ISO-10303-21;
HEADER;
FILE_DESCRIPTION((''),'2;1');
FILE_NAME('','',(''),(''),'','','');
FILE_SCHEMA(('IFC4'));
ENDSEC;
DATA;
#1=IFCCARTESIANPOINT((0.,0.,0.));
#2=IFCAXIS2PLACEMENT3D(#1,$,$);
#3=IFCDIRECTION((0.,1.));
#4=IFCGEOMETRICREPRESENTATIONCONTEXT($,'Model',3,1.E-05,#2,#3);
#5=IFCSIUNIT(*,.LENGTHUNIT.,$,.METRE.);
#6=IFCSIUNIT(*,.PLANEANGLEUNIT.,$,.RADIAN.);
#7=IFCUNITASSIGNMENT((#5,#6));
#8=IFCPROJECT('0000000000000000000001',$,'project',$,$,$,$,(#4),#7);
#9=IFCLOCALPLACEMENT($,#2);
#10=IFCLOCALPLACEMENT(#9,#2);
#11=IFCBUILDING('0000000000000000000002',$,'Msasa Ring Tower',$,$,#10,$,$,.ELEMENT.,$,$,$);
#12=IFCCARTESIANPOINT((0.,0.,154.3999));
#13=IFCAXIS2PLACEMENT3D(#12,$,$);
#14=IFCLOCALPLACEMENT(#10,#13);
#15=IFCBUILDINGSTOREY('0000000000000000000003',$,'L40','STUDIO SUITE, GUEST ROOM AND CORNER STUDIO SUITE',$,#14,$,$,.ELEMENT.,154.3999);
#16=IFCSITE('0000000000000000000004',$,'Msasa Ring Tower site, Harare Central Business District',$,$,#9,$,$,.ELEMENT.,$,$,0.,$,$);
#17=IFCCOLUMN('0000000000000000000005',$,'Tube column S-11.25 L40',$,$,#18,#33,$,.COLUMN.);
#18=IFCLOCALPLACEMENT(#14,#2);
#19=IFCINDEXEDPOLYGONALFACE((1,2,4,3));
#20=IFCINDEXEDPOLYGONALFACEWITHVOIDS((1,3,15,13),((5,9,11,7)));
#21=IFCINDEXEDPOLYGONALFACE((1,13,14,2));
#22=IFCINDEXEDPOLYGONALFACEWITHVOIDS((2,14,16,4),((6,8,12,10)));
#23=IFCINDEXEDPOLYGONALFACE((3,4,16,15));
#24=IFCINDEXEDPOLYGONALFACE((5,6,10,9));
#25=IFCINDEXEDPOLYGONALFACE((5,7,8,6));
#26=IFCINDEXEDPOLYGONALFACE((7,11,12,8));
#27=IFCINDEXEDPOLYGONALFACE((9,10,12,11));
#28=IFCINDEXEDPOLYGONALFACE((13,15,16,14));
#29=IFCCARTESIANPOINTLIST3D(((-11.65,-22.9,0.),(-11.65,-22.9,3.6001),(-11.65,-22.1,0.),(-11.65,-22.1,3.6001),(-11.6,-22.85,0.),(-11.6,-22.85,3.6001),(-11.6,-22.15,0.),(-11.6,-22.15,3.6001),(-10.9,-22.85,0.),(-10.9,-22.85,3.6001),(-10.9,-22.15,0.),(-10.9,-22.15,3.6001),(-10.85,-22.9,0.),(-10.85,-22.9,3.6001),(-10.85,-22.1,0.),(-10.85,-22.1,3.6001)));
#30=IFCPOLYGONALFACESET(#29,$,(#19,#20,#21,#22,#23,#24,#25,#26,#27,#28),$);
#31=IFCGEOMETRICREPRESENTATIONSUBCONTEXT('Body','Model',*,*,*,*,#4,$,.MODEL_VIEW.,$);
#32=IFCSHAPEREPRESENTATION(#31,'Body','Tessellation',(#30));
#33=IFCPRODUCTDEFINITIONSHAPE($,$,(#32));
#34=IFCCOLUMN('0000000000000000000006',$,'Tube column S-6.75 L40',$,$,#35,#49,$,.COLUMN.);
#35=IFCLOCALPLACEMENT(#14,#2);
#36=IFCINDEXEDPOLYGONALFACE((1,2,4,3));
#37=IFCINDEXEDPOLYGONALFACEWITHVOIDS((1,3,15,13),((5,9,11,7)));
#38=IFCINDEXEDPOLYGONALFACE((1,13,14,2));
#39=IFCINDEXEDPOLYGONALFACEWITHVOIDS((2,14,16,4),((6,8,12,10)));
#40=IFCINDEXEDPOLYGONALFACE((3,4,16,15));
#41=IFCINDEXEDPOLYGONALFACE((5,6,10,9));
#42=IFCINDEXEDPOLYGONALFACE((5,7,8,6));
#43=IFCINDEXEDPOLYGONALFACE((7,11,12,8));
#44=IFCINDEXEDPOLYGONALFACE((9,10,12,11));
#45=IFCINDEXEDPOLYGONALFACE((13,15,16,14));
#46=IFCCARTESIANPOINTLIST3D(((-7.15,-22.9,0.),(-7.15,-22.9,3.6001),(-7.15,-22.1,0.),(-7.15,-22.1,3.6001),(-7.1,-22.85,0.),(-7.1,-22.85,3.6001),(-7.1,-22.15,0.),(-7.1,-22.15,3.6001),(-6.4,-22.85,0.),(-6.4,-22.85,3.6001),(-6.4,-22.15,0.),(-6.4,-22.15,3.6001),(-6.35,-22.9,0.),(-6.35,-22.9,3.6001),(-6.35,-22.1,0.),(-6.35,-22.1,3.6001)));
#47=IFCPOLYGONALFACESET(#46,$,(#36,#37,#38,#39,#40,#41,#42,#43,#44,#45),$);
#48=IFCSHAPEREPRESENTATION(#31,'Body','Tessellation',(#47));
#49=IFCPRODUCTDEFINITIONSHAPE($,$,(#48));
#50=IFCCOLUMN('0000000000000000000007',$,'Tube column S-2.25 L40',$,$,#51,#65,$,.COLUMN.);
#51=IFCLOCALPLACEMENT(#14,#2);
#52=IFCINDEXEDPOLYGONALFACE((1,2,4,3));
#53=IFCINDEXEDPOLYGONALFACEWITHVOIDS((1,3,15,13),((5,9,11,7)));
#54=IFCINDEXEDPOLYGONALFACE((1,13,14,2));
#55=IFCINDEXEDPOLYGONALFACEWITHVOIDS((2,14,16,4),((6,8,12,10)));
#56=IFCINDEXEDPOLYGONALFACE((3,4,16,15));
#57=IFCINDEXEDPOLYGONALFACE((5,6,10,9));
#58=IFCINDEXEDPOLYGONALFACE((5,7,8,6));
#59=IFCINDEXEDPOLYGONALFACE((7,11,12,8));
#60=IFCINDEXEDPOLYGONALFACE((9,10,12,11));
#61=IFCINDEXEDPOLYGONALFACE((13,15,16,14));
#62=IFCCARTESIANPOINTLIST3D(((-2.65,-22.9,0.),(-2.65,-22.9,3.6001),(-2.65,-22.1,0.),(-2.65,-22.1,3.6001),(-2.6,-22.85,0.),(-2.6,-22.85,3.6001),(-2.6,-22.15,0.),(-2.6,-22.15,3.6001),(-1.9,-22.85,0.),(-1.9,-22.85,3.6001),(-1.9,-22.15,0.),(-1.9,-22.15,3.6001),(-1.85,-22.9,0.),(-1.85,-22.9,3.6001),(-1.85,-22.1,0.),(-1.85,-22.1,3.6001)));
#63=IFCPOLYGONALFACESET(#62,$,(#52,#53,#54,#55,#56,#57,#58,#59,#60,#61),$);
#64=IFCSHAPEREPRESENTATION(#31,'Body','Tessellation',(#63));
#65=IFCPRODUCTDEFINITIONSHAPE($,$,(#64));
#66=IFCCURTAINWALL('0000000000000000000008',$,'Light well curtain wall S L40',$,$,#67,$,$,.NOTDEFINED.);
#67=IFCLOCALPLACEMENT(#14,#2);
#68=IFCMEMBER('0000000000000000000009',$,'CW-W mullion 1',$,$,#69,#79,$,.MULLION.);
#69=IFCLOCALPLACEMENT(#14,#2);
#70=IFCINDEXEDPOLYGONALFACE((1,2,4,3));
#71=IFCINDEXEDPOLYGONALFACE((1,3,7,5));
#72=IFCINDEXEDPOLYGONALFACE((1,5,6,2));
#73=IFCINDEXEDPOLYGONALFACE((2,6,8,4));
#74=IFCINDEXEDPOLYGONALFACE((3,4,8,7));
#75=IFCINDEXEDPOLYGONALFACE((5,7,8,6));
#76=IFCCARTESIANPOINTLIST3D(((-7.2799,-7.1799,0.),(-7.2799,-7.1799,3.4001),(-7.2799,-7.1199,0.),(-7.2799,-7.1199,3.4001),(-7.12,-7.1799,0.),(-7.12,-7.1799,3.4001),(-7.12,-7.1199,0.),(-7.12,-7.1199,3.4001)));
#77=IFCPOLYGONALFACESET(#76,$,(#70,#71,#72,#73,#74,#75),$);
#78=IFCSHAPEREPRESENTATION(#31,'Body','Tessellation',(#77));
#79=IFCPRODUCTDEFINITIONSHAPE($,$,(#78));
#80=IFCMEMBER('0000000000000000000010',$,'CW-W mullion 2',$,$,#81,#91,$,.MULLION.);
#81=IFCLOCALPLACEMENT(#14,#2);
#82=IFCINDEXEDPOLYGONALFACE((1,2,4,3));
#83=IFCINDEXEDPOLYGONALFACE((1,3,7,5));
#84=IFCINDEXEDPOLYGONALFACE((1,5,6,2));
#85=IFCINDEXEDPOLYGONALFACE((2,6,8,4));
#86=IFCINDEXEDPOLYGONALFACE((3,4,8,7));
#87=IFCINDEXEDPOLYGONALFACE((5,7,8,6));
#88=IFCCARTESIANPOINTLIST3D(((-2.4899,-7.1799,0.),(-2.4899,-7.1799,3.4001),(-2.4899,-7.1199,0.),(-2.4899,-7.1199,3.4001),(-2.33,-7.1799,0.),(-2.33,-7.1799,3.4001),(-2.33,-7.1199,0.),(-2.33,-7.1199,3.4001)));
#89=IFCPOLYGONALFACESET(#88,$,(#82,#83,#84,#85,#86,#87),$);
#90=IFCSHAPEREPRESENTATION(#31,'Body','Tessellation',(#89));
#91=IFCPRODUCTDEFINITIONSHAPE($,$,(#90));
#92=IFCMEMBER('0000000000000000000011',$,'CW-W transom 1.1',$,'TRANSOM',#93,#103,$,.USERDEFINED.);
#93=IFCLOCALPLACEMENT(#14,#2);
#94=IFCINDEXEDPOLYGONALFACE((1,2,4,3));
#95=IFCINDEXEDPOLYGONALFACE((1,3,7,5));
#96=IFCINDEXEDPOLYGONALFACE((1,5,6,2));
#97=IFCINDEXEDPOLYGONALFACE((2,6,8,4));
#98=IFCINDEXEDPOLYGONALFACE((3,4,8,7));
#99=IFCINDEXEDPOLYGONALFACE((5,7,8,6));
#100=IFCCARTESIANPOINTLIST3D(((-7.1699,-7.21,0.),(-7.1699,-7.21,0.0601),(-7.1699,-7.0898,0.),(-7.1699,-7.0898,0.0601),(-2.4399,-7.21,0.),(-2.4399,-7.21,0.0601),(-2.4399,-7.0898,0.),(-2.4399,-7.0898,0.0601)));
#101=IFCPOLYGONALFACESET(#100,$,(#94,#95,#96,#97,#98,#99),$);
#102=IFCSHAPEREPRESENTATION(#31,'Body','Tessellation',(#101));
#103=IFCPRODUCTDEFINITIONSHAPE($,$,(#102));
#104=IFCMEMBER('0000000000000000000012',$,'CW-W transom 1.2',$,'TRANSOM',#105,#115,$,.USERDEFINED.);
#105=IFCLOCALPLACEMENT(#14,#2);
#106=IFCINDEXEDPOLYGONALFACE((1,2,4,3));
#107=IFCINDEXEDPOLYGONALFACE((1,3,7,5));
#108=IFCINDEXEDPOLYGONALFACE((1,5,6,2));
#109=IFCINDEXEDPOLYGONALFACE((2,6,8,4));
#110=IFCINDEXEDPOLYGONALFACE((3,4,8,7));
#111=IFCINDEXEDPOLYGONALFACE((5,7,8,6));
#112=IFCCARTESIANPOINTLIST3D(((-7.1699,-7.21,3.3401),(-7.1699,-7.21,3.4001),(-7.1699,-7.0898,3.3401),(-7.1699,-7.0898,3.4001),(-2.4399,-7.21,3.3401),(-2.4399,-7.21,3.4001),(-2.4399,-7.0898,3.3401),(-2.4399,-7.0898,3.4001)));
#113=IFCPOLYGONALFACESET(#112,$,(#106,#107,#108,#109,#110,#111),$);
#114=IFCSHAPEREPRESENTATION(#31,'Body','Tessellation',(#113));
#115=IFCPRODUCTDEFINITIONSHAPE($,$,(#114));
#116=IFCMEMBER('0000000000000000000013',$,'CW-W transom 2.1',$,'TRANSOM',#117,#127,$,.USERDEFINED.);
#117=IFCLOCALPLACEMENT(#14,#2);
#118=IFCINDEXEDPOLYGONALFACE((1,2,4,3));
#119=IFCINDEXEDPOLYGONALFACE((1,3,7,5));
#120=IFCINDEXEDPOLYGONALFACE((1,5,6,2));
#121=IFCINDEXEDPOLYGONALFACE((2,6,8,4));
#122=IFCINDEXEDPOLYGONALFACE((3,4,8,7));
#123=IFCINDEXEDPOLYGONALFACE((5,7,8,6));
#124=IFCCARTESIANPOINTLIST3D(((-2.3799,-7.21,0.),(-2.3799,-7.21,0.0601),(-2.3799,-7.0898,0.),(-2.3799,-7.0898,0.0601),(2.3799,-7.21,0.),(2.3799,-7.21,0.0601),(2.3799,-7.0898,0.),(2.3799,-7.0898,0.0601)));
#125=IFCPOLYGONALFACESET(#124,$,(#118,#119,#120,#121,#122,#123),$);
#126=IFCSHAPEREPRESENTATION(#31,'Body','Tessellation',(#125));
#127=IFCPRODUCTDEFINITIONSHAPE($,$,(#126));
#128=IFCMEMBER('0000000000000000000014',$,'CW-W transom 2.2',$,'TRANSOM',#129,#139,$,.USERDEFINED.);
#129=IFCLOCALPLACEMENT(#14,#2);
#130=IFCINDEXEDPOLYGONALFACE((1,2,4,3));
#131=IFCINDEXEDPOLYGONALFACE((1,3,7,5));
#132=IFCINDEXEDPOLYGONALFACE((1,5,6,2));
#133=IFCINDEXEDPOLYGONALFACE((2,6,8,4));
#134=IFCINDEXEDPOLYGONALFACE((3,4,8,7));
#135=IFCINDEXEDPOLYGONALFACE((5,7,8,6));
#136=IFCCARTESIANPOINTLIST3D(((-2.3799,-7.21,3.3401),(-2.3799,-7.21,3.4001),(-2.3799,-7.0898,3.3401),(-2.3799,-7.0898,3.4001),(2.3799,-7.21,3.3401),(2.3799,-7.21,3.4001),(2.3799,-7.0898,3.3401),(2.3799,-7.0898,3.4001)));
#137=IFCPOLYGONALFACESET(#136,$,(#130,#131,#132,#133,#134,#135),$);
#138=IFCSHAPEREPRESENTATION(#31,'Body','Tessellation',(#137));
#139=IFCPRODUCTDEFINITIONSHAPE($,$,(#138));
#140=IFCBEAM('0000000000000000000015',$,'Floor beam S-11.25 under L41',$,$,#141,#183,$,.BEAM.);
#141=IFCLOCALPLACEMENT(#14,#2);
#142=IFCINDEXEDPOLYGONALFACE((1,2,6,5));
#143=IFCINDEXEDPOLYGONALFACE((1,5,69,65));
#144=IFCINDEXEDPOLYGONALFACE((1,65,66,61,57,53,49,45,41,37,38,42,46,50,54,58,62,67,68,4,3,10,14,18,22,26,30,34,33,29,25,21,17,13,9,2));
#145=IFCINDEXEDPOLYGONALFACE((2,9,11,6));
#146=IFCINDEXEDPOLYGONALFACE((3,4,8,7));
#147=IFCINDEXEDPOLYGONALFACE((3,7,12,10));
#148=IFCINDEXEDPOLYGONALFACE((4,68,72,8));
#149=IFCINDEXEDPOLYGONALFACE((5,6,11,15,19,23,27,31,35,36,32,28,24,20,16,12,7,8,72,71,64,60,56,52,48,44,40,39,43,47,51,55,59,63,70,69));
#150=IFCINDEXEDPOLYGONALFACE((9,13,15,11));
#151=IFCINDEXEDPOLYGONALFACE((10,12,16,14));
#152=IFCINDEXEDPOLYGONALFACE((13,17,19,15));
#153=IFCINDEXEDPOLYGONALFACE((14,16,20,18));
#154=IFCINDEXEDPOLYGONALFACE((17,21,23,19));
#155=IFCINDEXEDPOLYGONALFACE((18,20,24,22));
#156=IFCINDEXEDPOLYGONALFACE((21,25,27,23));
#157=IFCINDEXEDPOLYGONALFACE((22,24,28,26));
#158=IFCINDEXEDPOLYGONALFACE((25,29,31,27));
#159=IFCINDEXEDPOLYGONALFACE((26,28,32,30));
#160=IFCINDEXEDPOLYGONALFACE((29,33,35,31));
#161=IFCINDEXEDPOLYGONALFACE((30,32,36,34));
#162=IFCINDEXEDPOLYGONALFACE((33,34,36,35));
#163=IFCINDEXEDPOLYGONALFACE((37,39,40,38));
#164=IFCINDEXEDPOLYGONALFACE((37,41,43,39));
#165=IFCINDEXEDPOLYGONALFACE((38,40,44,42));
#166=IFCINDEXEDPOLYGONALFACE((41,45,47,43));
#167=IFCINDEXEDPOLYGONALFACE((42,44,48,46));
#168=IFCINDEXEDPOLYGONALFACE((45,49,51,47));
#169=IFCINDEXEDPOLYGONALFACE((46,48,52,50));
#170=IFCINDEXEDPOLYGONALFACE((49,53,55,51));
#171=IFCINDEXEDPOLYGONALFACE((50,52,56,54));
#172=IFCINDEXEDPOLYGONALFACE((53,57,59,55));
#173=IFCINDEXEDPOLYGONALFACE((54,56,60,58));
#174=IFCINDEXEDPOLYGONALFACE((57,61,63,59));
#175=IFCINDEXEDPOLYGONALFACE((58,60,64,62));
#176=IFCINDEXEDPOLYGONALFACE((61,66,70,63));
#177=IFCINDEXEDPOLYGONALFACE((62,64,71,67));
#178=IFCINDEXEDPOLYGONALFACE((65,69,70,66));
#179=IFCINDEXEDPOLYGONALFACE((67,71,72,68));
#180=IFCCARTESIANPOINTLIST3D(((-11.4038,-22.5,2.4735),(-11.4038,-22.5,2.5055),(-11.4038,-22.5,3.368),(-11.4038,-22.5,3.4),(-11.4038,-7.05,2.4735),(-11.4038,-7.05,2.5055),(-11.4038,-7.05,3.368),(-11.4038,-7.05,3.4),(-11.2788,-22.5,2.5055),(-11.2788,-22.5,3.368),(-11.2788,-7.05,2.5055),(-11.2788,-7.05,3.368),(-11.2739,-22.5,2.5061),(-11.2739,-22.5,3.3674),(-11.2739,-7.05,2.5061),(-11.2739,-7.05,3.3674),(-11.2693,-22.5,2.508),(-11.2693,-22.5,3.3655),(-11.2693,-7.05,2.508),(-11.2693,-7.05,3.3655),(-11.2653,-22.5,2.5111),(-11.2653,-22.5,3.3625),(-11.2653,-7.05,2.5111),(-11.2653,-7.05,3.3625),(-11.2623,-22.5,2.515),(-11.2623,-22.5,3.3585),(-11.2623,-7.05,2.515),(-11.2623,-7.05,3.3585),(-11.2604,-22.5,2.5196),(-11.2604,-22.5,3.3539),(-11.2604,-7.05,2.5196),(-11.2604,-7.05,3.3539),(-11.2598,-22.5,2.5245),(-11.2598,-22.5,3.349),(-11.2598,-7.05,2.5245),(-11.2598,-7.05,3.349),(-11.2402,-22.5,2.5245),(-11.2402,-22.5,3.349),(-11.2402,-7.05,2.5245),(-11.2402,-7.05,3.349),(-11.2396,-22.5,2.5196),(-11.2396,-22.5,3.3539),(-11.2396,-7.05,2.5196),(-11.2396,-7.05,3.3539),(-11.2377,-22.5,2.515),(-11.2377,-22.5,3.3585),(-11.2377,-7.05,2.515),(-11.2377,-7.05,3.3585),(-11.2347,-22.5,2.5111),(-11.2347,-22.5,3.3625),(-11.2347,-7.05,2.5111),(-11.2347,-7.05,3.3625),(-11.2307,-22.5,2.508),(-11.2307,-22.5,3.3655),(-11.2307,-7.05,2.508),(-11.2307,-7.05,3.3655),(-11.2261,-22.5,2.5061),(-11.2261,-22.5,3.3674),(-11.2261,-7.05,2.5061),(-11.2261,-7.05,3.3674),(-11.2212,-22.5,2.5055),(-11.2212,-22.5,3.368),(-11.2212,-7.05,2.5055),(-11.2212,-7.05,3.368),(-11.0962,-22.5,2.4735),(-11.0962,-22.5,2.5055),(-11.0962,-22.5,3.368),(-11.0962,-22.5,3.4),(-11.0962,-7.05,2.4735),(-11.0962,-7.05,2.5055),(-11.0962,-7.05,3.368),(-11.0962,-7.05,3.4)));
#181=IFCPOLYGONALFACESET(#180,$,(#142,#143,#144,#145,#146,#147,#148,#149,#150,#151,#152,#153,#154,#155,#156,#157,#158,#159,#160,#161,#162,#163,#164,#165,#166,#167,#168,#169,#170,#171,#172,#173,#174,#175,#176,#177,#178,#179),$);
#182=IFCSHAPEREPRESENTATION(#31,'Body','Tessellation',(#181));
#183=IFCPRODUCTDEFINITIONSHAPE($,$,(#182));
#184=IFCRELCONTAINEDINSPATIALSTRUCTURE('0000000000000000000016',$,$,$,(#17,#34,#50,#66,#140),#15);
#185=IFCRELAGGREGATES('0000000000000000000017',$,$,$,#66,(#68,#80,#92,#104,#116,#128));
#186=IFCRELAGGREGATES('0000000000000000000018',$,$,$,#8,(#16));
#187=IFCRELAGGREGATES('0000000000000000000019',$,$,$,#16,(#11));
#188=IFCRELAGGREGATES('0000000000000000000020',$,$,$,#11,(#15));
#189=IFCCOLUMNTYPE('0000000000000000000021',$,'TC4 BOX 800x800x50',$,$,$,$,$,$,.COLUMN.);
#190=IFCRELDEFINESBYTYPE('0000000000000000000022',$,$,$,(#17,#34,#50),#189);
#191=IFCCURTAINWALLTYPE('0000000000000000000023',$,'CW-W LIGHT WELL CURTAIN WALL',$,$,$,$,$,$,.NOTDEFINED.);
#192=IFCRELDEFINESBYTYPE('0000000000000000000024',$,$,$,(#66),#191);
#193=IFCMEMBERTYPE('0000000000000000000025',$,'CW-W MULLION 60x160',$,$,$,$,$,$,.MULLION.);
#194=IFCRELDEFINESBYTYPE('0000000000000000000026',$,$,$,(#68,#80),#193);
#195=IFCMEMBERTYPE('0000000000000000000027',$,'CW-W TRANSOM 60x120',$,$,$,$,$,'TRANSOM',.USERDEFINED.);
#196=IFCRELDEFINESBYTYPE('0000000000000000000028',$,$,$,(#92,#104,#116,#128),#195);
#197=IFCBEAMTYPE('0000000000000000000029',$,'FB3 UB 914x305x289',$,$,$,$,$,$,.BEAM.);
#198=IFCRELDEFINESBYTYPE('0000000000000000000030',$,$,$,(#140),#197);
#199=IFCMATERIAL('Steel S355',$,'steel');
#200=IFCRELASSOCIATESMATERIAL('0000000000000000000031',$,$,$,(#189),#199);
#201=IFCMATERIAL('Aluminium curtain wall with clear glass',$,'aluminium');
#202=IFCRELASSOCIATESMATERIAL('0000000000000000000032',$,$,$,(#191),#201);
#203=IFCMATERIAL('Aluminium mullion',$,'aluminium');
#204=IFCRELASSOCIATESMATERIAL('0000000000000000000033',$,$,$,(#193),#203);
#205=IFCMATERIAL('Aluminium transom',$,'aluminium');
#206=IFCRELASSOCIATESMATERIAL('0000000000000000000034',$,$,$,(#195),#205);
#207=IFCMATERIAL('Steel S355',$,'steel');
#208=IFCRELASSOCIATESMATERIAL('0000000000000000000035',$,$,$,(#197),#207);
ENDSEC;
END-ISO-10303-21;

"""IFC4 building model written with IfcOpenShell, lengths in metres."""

from ifc_helpers import new_model, si_unit, direction, frame, origin, origin_2d, place, context, subcontext, project, spatial, rectangle, hollow_rectangle, i_section, extrude, material, material_profile, profile_set, type_object, element, aggregate, save


model = new_model("IFC4")

# Units and contexts
model_context = context("Model", 3, precision=1e-05, world=origin(), true_north=direction((0.0, 1.0)))
body_context = subcontext(model_context, "Body", "Model", "MODEL_VIEW")
ifc_project = project(units=[si_unit("LENGTHUNIT", "METRE"), si_unit("PLANEANGLEUNIT", "RADIAN")], contexts=[model_context])

# Site, building, storey
site_placement = place(None, origin())
site = spatial("IfcSite", under=ifc_project, at=site_placement, Name="Msasa Ring Tower site, Harare Central Business District", CompositionType="ELEMENT", RefElevation=0.0)
building_placement = place(site_placement, origin())
building = spatial("IfcBuilding", under=site, at=building_placement, Name="Msasa Ring Tower", CompositionType="ELEMENT")
storey_placement = place(building_placement, frame((0.0, 0.0, 154.3999)))
storey = spatial("IfcBuildingStorey", under=building, at=storey_placement, Name="L40", Description="STUDIO SUITE, GUEST ROOM AND CORNER STUDIO SUITE", CompositionType="ELEMENT", Elevation=154.3999)

# Columns
ifc_material_1 = material(Name="Steel S355", Category="steel")
ifc_material_profile_1 = material_profile(ifc_material_1, hollow_rectangle(XDim=0.8, YDim=0.8, WallThickness=0.05, at=origin_2d()), Name="BOX 800x800x50")
ifc_profile_set_1 = profile_set([ifc_material_profile_1], Name="Steel S355")
column_type = type_object("IfcColumnType", Name="TC4 BOX 800x800x50", PredefinedType="COLUMN", material=ifc_profile_set_1)
for number, where, z_axis, x_axis, name in (
    (1, (-11.25, -22.5, 0.0), (0.0, 0.0, 1.0), (0.0, 1.0, 0.0), "Tube column S-11.25 L40"),
    (2, (-6.75, -22.5, 0.0), (0.0, 0.0, 1.0), (0.0, 1.0, 0.0), "Tube column S-6.75 L40"),
    (3, (-2.25, -22.5, 0.0), (0.0, 0.0, 1.0), (0.0, 1.0, 0.0), "Tube column S-2.25 L40"),
):
    element("IfcColumn", number, at=place(storey_placement, frame(where, z_axis=z_axis, x_axis=x_axis)), inside=storey, type_object=column_type, Name=name, PredefinedType="COLUMN", context=body_context, shape_type="SweptSolid", body=[
        extrude(hollow_rectangle(XDim=0.8, YDim=0.8, WallThickness=0.05, at=origin_2d()), origin(), (0.0, 0.0, 1.0), 3.6001),
    ])

# Curtain wall, members
ifc_material_2 = material(Name="Aluminium curtain wall with clear glass", Category="aluminium")
curtain_wall_type = type_object("IfcCurtainWallType", Name="CW-W LIGHT WELL CURTAIN WALL", PredefinedType="NOTDEFINED", material=ifc_material_2)
curtain_wall_placement = place(storey_placement, origin())
curtain_wall = element("IfcCurtainWall", 4, at=curtain_wall_placement, inside=storey, type_object=curtain_wall_type, Name="Light well curtain wall S L40", PredefinedType="NOTDEFINED")
ifc_material_3 = material(Name="Aluminium mullion", Category="aluminium")
ifc_material_profile_2 = material_profile(ifc_material_3, rectangle(XDim=0.0601, YDim=0.1599, at=origin_2d()), Name="AL 60x160")
ifc_profile_set_2 = profile_set([ifc_material_profile_2], Name="Aluminium mullion")
member_type_1 = type_object("IfcMemberType", Name="CW-W MULLION 60x160", PredefinedType="MULLION", material=ifc_profile_set_2)
member_1_placement = place(storey_placement, frame((-7.2, -7.1499, 0.0), z_axis=(0.0, 0.0, 1.0), x_axis=(0.0, 1.0, 0.0)))
member_1 = element("IfcMember", 5, at=member_1_placement, type_object=member_type_1, Name="CW-W mullion 1", PredefinedType="MULLION", context=body_context, shape_type="SweptSolid", body=[
    extrude(rectangle(XDim=0.0601, YDim=0.1599, at=origin_2d()), origin(), (0.0, 0.0, 1.0), 3.4001),
])
member_2_placement = place(storey_placement, frame((-2.4099, -7.1499, 0.0), z_axis=(0.0, 0.0, 1.0), x_axis=(0.0, 1.0, 0.0)))
member_2 = element("IfcMember", 6, at=member_2_placement, type_object=member_type_1, Name="CW-W mullion 2", PredefinedType="MULLION", context=body_context, shape_type="SweptSolid", body=[
    extrude(rectangle(XDim=0.0601, YDim=0.1599, at=origin_2d()), origin(), (0.0, 0.0, 1.0), 3.4001),
])
ifc_material_4 = material(Name="Aluminium transom", Category="aluminium")
ifc_material_profile_3 = material_profile(ifc_material_4, rectangle(XDim=0.1201, YDim=0.0601, at=origin_2d()), Name="AL 60x120")
ifc_profile_set_3 = profile_set([ifc_material_profile_3], Name="Aluminium transom")
member_type_2 = type_object("IfcMemberType", Name="CW-W TRANSOM 60x120", ElementType="TRANSOM", PredefinedType="USERDEFINED", material=ifc_profile_set_3)
member_3_placement = place(storey_placement, frame((-7.1699, -7.1499, 0.03), z_axis=(1.0, 0.0, 0.0), x_axis=(0.0, 1.0, 0.0)))
member_3 = element("IfcMember", 7, at=member_3_placement, type_object=member_type_2, Name="CW-W transom 1.1", ObjectType="TRANSOM", PredefinedType="USERDEFINED", context=body_context, shape_type="SweptSolid", body=[
    extrude(rectangle(XDim=0.1201, YDim=0.0601, at=origin_2d()), origin(), (0.0, 0.0, 1.0), 4.73),
])
member_4_placement = place(storey_placement, frame((-7.1699, -7.1499, 3.3701), z_axis=(1.0, 0.0, 0.0), x_axis=(0.0, 1.0, 0.0)))
member_4 = element("IfcMember", 8, at=member_4_placement, type_object=member_type_2, Name="CW-W transom 1.2", ObjectType="TRANSOM", PredefinedType="USERDEFINED", context=body_context, shape_type="SweptSolid", body=[
    extrude(rectangle(XDim=0.1201, YDim=0.0601, at=origin_2d()), origin(), (0.0, 0.0, 1.0), 4.73),
])
member_5_placement = place(storey_placement, frame((-2.3799, -7.1499, 0.03), z_axis=(1.0, 0.0, 0.0), x_axis=(0.0, 1.0, 0.0)))
member_5 = element("IfcMember", 9, at=member_5_placement, type_object=member_type_2, Name="CW-W transom 2.1", ObjectType="TRANSOM", PredefinedType="USERDEFINED", context=body_context, shape_type="SweptSolid", body=[
    extrude(rectangle(XDim=0.1201, YDim=0.0601, at=origin_2d()), origin(), (0.0, 0.0, 1.0), 4.7598),
])
member_6_placement = place(storey_placement, frame((-2.3799, -7.1499, 3.3701), z_axis=(1.0, 0.0, 0.0), x_axis=(0.0, 1.0, 0.0)))
member_6 = element("IfcMember", 10, at=member_6_placement, type_object=member_type_2, Name="CW-W transom 2.2", ObjectType="TRANSOM", PredefinedType="USERDEFINED", context=body_context, shape_type="SweptSolid", body=[
    extrude(rectangle(XDim=0.1201, YDim=0.0601, at=origin_2d()), origin(), (0.0, 0.0, 1.0), 4.7598),
])

# Beam
ifc_material_5 = material(Name="Steel S355", Category="steel")
ifc_material_profile_4 = material_profile(ifc_material_5, i_section(OverallWidth=0.3076, OverallDepth=0.9265, WebThickness=0.0195, FlangeThickness=0.032, FilletRadius=0.019, at=origin_2d()), Name="UB 914x305x289")
ifc_profile_set_4 = profile_set([ifc_material_profile_4], Name="Steel S355")
beam_type_1 = type_object("IfcBeamType", Name="FB3 UB 914x305x289", PredefinedType="BEAM", material=ifc_profile_set_4)
beam_placement = place(storey_placement, frame((-11.25, -22.5, 2.9368), z_axis=(0.0, 1.0, 0.0), x_axis=(-1.0, 0.0, 0.0)))
element("IfcBeam", 11, at=beam_placement, inside=storey, type_object=beam_type_1, Name="Floor beam S-11.25 under L41", PredefinedType="BEAM", context=body_context, shape_type="SweptSolid", body=[
    extrude(i_section(OverallWidth=0.3076, OverallDepth=0.9265, WebThickness=0.0195, FlangeThickness=0.032, FilletRadius=0.019, at=origin_2d()), origin(), (0.0, 0.0, 1.0), 15.45),
])

aggregate(curtain_wall, [member_1, member_2, member_3, member_4, member_5, member_6])

save(model, "model.ifc")
